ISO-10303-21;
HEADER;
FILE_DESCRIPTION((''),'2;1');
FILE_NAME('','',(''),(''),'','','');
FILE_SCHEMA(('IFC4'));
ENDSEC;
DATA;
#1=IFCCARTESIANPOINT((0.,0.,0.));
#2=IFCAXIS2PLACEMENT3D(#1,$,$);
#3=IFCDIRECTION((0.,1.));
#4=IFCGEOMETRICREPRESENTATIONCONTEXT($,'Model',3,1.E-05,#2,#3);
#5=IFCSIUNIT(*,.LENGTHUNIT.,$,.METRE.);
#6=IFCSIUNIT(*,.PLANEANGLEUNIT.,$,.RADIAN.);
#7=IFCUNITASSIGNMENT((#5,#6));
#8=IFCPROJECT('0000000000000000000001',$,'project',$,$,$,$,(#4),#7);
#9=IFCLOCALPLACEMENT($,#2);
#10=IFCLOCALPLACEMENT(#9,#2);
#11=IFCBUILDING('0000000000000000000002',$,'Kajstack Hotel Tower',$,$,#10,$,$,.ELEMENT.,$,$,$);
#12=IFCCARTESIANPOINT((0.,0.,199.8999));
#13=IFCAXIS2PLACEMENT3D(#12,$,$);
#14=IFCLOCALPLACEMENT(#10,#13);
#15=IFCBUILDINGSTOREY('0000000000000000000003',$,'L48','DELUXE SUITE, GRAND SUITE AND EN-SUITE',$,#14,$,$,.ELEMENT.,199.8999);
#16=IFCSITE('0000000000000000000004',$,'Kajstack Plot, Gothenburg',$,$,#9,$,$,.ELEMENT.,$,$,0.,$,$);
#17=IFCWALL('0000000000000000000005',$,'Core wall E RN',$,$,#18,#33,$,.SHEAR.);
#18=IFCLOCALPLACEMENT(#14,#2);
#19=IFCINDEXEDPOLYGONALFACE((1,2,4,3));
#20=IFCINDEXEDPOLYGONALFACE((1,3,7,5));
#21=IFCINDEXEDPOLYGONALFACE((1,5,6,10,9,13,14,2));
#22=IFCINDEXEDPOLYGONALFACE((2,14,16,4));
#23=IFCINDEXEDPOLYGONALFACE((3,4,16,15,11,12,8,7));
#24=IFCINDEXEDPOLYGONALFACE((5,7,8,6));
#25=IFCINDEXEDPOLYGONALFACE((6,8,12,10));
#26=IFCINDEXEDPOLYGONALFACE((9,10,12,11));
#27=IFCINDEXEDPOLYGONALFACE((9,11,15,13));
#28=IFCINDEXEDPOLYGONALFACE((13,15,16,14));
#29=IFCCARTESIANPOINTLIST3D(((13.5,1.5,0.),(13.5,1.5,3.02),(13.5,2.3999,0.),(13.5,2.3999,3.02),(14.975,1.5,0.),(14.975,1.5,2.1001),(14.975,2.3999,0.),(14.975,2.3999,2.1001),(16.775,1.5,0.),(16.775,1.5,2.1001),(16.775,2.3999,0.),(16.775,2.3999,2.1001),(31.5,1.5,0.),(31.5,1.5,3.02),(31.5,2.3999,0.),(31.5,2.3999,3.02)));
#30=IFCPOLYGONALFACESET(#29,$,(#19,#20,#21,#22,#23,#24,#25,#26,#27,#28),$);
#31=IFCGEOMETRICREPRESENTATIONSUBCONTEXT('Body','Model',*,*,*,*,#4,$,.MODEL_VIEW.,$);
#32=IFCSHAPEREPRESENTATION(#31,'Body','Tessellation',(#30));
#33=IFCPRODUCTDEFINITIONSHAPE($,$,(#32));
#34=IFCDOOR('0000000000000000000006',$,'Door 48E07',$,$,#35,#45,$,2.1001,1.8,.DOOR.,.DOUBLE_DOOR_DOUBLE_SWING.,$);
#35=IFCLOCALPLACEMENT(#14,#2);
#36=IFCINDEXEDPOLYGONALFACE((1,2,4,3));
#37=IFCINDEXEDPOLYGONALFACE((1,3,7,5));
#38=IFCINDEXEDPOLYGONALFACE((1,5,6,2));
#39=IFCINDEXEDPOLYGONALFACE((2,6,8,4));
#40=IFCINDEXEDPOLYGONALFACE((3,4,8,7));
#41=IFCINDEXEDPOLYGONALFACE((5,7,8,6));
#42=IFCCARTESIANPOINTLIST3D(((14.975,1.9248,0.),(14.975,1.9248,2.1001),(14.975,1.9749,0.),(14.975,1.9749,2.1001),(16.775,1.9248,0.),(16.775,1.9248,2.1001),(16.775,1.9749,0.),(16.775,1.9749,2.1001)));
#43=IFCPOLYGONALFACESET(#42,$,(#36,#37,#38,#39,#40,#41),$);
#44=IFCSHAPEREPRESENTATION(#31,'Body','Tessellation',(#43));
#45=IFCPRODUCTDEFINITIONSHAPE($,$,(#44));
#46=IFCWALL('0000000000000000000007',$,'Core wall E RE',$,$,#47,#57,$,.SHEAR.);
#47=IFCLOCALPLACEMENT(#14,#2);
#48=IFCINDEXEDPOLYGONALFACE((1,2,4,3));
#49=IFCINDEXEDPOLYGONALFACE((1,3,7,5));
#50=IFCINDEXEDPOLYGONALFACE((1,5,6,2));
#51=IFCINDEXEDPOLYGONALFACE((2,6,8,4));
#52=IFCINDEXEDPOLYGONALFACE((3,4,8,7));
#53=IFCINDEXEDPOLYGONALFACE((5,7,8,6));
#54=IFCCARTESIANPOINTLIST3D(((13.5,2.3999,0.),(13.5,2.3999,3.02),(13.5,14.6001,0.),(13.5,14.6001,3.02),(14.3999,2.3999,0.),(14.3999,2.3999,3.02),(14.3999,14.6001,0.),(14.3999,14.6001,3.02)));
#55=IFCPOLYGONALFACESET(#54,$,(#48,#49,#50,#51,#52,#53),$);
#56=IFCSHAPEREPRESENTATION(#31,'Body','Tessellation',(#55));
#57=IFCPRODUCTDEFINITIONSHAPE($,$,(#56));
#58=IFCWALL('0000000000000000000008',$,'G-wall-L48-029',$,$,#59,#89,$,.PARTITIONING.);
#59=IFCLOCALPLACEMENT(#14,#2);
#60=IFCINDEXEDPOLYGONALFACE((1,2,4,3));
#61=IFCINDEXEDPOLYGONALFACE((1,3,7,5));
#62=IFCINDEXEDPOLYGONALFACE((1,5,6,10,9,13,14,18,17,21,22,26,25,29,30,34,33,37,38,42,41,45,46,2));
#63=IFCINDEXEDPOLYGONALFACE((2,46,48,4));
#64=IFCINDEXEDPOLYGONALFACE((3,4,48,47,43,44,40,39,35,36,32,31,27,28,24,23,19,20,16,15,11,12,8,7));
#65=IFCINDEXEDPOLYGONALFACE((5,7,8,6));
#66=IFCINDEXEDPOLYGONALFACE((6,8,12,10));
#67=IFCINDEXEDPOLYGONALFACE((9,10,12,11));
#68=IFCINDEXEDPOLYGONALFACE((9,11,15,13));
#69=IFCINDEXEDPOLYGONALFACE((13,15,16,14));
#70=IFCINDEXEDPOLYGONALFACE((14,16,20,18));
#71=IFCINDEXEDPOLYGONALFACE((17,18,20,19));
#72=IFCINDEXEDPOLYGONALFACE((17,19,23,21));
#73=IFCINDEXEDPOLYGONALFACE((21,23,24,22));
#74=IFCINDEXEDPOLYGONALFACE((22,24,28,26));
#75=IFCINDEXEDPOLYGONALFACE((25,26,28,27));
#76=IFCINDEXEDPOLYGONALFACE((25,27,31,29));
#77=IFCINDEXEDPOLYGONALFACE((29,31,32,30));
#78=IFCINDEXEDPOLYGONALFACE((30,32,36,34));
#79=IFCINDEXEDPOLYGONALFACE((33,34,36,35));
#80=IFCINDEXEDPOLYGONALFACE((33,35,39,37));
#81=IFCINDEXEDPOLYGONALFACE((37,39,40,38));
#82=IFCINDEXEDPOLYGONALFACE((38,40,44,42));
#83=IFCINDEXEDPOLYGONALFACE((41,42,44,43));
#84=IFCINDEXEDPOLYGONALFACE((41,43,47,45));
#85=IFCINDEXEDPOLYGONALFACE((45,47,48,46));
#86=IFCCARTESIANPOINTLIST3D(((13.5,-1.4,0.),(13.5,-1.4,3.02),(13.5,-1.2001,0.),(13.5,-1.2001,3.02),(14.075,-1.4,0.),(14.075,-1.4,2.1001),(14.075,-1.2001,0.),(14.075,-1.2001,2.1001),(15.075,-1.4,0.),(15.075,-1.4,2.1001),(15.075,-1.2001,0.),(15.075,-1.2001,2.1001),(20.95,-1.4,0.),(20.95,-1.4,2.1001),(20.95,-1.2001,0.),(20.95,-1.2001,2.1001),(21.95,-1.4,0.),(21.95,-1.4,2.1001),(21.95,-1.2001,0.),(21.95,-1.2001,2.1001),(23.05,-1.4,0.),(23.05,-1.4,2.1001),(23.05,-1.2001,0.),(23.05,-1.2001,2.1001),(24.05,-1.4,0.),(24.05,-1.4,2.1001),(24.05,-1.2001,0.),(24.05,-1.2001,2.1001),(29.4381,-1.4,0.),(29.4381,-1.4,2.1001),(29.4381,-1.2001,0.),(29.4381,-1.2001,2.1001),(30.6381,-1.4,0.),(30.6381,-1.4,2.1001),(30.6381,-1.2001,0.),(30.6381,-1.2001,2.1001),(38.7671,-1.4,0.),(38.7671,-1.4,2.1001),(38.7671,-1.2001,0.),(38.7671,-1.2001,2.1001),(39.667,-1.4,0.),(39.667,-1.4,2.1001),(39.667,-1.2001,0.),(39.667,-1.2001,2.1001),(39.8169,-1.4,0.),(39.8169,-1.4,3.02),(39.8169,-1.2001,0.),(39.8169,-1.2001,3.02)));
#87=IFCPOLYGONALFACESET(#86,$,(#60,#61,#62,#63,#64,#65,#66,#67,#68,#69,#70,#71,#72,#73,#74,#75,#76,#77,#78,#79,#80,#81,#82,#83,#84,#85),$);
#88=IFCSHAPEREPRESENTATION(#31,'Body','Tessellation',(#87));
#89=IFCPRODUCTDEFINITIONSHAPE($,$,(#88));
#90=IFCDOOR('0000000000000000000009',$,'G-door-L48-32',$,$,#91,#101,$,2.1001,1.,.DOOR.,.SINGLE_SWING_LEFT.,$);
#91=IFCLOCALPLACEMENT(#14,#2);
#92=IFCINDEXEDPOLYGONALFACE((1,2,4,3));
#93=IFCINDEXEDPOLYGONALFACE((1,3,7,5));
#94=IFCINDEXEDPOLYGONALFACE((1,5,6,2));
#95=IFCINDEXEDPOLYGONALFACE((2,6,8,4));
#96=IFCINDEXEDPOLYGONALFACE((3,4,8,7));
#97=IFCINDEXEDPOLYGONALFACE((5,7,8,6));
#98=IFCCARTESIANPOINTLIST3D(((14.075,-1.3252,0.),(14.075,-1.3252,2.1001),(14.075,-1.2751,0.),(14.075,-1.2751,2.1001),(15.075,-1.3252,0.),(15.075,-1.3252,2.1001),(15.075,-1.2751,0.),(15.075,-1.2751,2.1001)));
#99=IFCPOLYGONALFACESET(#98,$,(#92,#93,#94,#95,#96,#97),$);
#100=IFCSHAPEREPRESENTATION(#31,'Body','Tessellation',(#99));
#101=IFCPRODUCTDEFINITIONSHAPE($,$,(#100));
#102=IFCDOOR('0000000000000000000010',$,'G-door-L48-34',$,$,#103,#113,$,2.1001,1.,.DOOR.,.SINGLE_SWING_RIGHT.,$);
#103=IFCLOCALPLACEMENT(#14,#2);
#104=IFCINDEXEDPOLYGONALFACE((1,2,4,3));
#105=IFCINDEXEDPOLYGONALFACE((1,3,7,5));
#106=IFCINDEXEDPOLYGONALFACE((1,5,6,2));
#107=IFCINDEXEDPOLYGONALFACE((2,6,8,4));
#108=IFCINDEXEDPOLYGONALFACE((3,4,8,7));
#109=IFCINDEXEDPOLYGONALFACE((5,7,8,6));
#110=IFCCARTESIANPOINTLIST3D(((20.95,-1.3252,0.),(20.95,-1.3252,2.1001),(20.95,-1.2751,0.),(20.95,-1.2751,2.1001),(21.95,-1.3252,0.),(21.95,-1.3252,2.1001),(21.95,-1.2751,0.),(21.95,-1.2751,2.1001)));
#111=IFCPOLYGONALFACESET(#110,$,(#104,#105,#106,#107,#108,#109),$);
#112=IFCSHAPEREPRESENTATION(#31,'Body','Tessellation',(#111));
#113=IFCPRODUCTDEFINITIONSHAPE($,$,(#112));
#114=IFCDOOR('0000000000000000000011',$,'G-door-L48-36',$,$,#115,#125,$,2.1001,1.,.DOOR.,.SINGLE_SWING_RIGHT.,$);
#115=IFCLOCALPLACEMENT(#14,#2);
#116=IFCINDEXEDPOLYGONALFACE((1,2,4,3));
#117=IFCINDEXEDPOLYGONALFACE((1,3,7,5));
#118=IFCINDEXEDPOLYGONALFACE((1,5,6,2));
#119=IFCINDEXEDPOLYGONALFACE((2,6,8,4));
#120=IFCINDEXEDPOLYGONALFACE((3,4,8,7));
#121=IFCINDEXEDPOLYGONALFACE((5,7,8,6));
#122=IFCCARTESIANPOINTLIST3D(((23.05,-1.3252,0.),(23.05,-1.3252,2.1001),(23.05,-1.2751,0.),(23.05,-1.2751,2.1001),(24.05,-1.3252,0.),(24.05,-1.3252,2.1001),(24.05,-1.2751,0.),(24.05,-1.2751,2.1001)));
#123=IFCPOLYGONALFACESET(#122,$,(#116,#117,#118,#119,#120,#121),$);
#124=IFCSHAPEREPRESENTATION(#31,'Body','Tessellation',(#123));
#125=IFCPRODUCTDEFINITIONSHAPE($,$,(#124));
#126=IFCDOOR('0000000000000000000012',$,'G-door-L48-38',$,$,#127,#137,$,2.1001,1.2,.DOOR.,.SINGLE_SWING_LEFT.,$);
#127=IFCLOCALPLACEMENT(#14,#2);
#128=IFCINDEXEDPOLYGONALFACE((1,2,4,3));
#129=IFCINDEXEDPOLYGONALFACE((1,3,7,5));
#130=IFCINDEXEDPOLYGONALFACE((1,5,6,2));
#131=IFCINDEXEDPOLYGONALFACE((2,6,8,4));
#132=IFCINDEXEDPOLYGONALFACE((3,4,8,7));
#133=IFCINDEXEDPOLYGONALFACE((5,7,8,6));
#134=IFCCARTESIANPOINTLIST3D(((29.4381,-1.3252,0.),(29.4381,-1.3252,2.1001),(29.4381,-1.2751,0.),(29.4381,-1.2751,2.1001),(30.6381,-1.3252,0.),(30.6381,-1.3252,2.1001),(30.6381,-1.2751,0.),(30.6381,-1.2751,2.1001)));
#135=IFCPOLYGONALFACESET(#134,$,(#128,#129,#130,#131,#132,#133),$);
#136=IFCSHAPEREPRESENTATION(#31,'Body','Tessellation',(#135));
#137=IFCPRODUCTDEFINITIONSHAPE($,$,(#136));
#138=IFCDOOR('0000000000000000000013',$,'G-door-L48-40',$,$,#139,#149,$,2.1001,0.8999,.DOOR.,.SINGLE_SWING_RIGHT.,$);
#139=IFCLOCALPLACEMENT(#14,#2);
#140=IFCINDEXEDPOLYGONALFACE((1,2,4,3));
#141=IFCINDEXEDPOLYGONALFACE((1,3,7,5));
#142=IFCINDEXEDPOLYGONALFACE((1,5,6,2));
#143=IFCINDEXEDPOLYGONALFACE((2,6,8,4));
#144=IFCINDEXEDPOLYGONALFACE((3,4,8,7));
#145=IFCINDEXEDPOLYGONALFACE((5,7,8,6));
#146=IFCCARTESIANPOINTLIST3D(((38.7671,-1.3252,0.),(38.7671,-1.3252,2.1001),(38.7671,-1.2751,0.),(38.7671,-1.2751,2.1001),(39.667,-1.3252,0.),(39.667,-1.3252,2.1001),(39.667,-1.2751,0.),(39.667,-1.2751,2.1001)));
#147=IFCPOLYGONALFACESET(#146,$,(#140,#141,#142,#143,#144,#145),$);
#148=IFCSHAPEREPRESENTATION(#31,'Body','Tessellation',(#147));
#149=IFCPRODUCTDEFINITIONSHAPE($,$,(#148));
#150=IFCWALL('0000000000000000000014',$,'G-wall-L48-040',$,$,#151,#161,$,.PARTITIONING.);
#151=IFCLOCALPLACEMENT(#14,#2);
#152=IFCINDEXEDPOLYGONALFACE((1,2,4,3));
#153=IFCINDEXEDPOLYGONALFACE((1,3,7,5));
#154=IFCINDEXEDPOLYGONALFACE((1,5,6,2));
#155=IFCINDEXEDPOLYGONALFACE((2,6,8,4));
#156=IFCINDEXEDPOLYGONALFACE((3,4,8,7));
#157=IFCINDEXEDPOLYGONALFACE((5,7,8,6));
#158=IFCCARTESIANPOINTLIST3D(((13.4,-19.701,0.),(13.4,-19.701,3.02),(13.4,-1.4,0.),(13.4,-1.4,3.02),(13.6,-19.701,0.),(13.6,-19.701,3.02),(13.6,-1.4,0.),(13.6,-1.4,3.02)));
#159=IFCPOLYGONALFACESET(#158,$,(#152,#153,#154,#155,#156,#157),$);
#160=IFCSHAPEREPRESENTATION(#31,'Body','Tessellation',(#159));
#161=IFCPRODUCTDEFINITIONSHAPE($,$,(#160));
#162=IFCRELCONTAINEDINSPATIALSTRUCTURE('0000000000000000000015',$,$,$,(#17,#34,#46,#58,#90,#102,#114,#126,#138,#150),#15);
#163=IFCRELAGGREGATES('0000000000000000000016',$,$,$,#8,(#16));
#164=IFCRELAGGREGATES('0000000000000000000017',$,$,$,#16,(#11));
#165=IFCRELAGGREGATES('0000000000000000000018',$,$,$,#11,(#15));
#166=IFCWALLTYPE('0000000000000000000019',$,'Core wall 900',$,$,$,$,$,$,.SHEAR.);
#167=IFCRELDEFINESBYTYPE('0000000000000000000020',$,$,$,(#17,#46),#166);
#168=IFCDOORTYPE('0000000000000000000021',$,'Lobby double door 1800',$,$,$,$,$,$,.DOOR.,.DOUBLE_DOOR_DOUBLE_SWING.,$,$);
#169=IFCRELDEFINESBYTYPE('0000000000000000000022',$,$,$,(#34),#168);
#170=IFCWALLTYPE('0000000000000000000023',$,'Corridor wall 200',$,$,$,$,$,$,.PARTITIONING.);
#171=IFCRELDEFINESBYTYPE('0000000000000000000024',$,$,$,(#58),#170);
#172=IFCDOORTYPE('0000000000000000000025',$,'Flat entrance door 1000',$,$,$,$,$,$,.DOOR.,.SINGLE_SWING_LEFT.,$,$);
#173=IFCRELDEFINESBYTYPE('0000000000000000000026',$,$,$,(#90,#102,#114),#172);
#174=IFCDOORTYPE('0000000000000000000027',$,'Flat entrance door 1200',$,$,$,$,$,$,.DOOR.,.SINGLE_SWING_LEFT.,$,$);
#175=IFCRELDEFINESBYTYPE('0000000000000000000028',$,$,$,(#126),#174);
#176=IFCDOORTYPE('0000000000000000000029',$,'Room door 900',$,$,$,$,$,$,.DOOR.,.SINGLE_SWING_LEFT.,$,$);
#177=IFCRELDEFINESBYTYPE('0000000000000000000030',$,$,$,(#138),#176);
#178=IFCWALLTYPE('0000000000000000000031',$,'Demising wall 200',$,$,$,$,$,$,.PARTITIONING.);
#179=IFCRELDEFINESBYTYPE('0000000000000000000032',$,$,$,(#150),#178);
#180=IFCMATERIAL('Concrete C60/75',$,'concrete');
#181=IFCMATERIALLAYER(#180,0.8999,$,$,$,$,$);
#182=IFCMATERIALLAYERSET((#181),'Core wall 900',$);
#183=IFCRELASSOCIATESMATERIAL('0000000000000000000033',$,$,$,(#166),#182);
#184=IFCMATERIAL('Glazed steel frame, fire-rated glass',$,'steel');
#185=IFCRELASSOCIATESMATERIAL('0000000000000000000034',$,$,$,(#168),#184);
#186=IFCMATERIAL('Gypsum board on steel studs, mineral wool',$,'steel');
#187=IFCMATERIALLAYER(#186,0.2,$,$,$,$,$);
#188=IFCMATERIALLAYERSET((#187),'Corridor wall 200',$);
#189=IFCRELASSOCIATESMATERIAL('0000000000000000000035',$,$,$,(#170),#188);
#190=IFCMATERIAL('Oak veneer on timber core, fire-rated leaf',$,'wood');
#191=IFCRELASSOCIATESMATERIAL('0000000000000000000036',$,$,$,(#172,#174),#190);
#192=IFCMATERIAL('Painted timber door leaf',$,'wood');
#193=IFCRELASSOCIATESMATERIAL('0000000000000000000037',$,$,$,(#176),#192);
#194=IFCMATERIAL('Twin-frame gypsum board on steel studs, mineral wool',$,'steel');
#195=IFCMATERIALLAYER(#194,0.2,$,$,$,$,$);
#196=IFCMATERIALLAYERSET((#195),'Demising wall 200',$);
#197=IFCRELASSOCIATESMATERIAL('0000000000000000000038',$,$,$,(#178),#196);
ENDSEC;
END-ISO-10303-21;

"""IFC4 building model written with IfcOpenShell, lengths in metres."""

from ifc_helpers import new_model, si_unit, direction, frame, frame_2d, origin, place, context, subcontext, project, spatial, rectangle, extrude, material, layer, layer_set, type_object, element, fill, save


model = new_model("IFC4")

# Units and contexts
model_context = context("Model", 3, precision=1e-05, world=origin(), true_north=direction((0.0, 1.0)))
body_context = subcontext(model_context, "Body", "Model", "MODEL_VIEW")
ifc_project = project(units=[si_unit("LENGTHUNIT", "METRE"), si_unit("PLANEANGLEUNIT", "RADIAN")], contexts=[model_context])

# Site, building, storey
site_placement = place(None, origin())
site = spatial("IfcSite", under=ifc_project, at=site_placement, Name="Kajstack Plot, Gothenburg", CompositionType="ELEMENT", RefElevation=0.0)
building_placement = place(site_placement, origin())
building = spatial("IfcBuilding", under=site, at=building_placement, Name="Kajstack Hotel Tower", CompositionType="ELEMENT")
storey_placement = place(building_placement, frame((0.0, 0.0, 199.8999)))
storey = spatial("IfcBuildingStorey", under=building, at=storey_placement, Name="L48", Description="DELUXE SUITE, GRAND SUITE AND EN-SUITE", CompositionType="ELEMENT", Elevation=199.8999)

# Wall, opening, door
ifc_material_1 = material(Name="Concrete C60/75", Category="concrete")
ifc_layer_1 = layer(ifc_material_1, 0.8999)
ifc_layer_set_1 = layer_set([ifc_layer_1], Name="Core wall 900")
wall_type_1 = type_object("IfcWallType", Name="Core wall 900", PredefinedType="SHEAR", material=ifc_layer_set_1)
wall_1_placement = place(storey_placement, frame((13.5, 1.95, 0.0), z_axis=(0.0, 0.0, 1.0), x_axis=(1.0, 0.0, 0.0)))
wall_1 = element("IfcWall", 1, at=wall_1_placement, inside=storey, type_object=wall_type_1, Name="Core wall E RN", PredefinedType="SHEAR", context=body_context, shape_type="SweptSolid", body=[
    extrude(rectangle(XDim=18.0, YDim=0.8999, at=frame_2d((9.0, 0.0))), origin(), (0.0, 0.0, 1.0), 3.02),
])
opening_1_placement = place(wall_1_placement, frame((1.4751, 0.0, 0.0)))
opening_1 = element("IfcOpeningElement", 2, at=opening_1_placement, cuts=wall_1, PredefinedType="OPENING", context=body_context, shape_type="SweptSolid", body=[
    extrude(rectangle(XDim=1.8, YDim=2.1001, at=frame_2d((0.8999, 1.05))), frame((0.0, 0.46, 0.0), z_axis=(0.0, -1.0, 0.0), x_axis=(1.0, 0.0, 0.0)), (0.0, 0.0, 1.0), 0.9199),
])
ifc_material_2 = material(Name="Glazed steel frame, fire-rated glass", Category="steel")
door_type_1 = type_object("IfcDoorType", Name="Lobby double door 1800", OperationType="DOUBLE_DOOR_DOUBLE_SWING", PredefinedType="DOOR", material=ifc_material_2)
door_1_placement = place(opening_1_placement, origin())
door_1 = element("IfcDoor", 3, at=door_1_placement, inside=storey, type_object=door_type_1, Name="Door 48E07", OperationType="DOUBLE_DOOR_DOUBLE_SWING", OverallHeight=2.1001, OverallWidth=1.8, PredefinedType="DOOR", context=body_context, shape_type="SweptSolid", body=[
    extrude(rectangle(XDim=1.8, YDim=2.1001, at=frame_2d((0.8999, 1.05))), frame((0.0, 0.0249, 0.0), z_axis=(0.0, -1.0, 0.0), x_axis=(1.0, 0.0, 0.0)), (0.0, 0.0, 1.0), 0.05),
])
fill(opening_1, door_1)

# Wall
wall_2_placement = place(storey_placement, frame((13.95, 2.3999, 0.0), z_axis=(0.0, 0.0, 1.0), x_axis=(0.0, 1.0, 0.0)))
element("IfcWall", 4, at=wall_2_placement, inside=storey, type_object=wall_type_1, Name="Core wall E RE", PredefinedType="SHEAR", context=body_context, shape_type="SweptSolid", body=[
    extrude(rectangle(XDim=12.2002, YDim=0.8999, at=frame_2d((6.1001, 0.0))), origin(), (0.0, 0.0, 1.0), 3.02),
])

# Wall, openings, doors
ifc_material_3 = material(Name="Gypsum board on steel studs, mineral wool", Category="steel")
ifc_layer_2 = layer(ifc_material_3, 0.2)
ifc_layer_set_2 = layer_set([ifc_layer_2], Name="Corridor wall 200")
wall_type_2 = type_object("IfcWallType", Name="Corridor wall 200", PredefinedType="PARTITIONING", material=ifc_layer_set_2)
wall_3_placement = place(storey_placement, frame((13.5, -1.3, 0.0), z_axis=(0.0, 0.0, 1.0), x_axis=(1.0, 0.0, 0.0)))
wall_3 = element("IfcWall", 5, at=wall_3_placement, inside=storey, type_object=wall_type_2, Name="G-wall-L48-029", PredefinedType="PARTITIONING", context=body_context, shape_type="SweptSolid", body=[
    extrude(rectangle(XDim=26.3169, YDim=0.2, at=frame_2d((13.1584, 0.0))), origin(), (0.0, 0.0, 1.0), 3.02),
])
opening_2_placement = place(wall_3_placement, frame((0.575, 0.0, 0.0)))
opening_2 = element("IfcOpeningElement", 6, at=opening_2_placement, cuts=wall_3, PredefinedType="OPENING", context=body_context, shape_type="SweptSolid", body=[
    extrude(rectangle(XDim=1.0, YDim=2.1001, at=frame_2d((0.5, 1.05))), frame((0.0, 0.1099, 0.0), z_axis=(0.0, -1.0, 0.0), x_axis=(1.0, 0.0, 0.0)), (0.0, 0.0, 1.0), 0.22),
])
opening_3_placement = place(wall_3_placement, frame((7.45, 0.0, 0.0)))
opening_3 = element("IfcOpeningElement", 7, at=opening_3_placement, cuts=wall_3, PredefinedType="OPENING", context=body_context, shape_type="SweptSolid", body=[
    extrude(rectangle(XDim=1.0, YDim=2.1001, at=frame_2d((0.5, 1.05))), frame((0.0, 0.1099, 0.0), z_axis=(0.0, -1.0, 0.0), x_axis=(1.0, 0.0, 0.0)), (0.0, 0.0, 1.0), 0.22),
])
opening_4_placement = place(wall_3_placement, frame((9.55, 0.0, 0.0)))
opening_4 = element("IfcOpeningElement", 8, at=opening_4_placement, cuts=wall_3, PredefinedType="OPENING", context=body_context, shape_type="SweptSolid", body=[
    extrude(rectangle(XDim=1.0, YDim=2.1001, at=frame_2d((0.5, 1.05))), frame((0.0, 0.1099, 0.0), z_axis=(0.0, -1.0, 0.0), x_axis=(1.0, 0.0, 0.0)), (0.0, 0.0, 1.0), 0.22),
])
opening_5_placement = place(wall_3_placement, frame((15.938, 0.0, 0.0)))
opening_5 = element("IfcOpeningElement", 9, at=opening_5_placement, cuts=wall_3, PredefinedType="OPENING", context=body_context, shape_type="SweptSolid", body=[
    extrude(rectangle(XDim=1.2, YDim=2.1001, at=frame_2d((0.6001, 1.05))), frame((0.0, 0.1099, 0.0), z_axis=(0.0, -1.0, 0.0), x_axis=(1.0, 0.0, 0.0)), (0.0, 0.0, 1.0), 0.22),
])
opening_6_placement = place(wall_3_placement, frame((25.2671, 0.0, 0.0)))
opening_6 = element("IfcOpeningElement", 10, at=opening_6_placement, cuts=wall_3, PredefinedType="OPENING", context=body_context, shape_type="SweptSolid", body=[
    extrude(rectangle(XDim=0.8999, YDim=2.1001, at=frame_2d((0.45, 1.05))), frame((0.0, 0.1099, 0.0), z_axis=(0.0, -1.0, 0.0), x_axis=(1.0, 0.0, 0.0)), (0.0, 0.0, 1.0), 0.22),
])
ifc_material_4 = material(Name="Oak veneer on timber core, fire-rated leaf", Category="wood")
door_type_2 = type_object("IfcDoorType", Name="Flat entrance door 1000", OperationType="SINGLE_SWING_LEFT", PredefinedType="DOOR", material=ifc_material_4)
door_2_placement = place(opening_2_placement, origin())
door_2 = element("IfcDoor", 11, at=door_2_placement, inside=storey, type_object=door_type_2, Name="G-door-L48-32", OperationType="SINGLE_SWING_LEFT", OverallHeight=2.1001, OverallWidth=1.0, PredefinedType="DOOR", context=body_context, shape_type="SweptSolid", body=[
    extrude(rectangle(XDim=1.0, YDim=2.1001, at=frame_2d((0.5, 1.05))), frame((0.0, 0.0249, 0.0), z_axis=(0.0, -1.0, 0.0), x_axis=(1.0, 0.0, 0.0)), (0.0, 0.0, 1.0), 0.05),
])
fill(opening_2, door_2)
door_3_placement = place(opening_3_placement, origin())
door_3 = element("IfcDoor", 12, at=door_3_placement, inside=storey, type_object=door_type_2, Name="G-door-L48-34", OperationType="SINGLE_SWING_RIGHT", OverallHeight=2.1001, OverallWidth=1.0, PredefinedType="DOOR", context=body_context, shape_type="SweptSolid", body=[
    extrude(rectangle(XDim=1.0, YDim=2.1001, at=frame_2d((0.5, 1.05))), frame((0.0, 0.0249, 0.0), z_axis=(0.0, -1.0, 0.0), x_axis=(1.0, 0.0, 0.0)), (0.0, 0.0, 1.0), 0.05),
])
fill(opening_3, door_3)
door_4_placement = place(opening_4_placement, origin())
door_4 = element("IfcDoor", 13, at=door_4_placement, inside=storey, type_object=door_type_2, Name="G-door-L48-36", OperationType="SINGLE_SWING_RIGHT", OverallHeight=2.1001, OverallWidth=1.0, PredefinedType="DOOR", context=body_context, shape_type="SweptSolid", body=[
    extrude(rectangle(XDim=1.0, YDim=2.1001, at=frame_2d((0.5, 1.05))), frame((0.0, 0.0249, 0.0), z_axis=(0.0, -1.0, 0.0), x_axis=(1.0, 0.0, 0.0)), (0.0, 0.0, 1.0), 0.05),
])
fill(opening_4, door_4)
door_type_3 = type_object("IfcDoorType", Name="Flat entrance door 1200", OperationType="SINGLE_SWING_LEFT", PredefinedType="DOOR", material=ifc_material_4)
door_5_placement = place(opening_5_placement, origin())
door_5 = element("IfcDoor", 14, at=door_5_placement, inside=storey, type_object=door_type_3, Name="G-door-L48-38", OperationType="SINGLE_SWING_LEFT", OverallHeight=2.1001, OverallWidth=1.2, PredefinedType="DOOR", context=body_context, shape_type="SweptSolid", body=[
    extrude(rectangle(XDim=1.2, YDim=2.1001, at=frame_2d((0.6001, 1.05))), frame((0.0, 0.0249, 0.0), z_axis=(0.0, -1.0, 0.0), x_axis=(1.0, 0.0, 0.0)), (0.0, 0.0, 1.0), 0.05),
])
fill(opening_5, door_5)
ifc_material_5 = material(Name="Painted timber door leaf", Category="wood")
door_type_4 = type_object("IfcDoorType", Name="Room door 900", OperationType="SINGLE_SWING_LEFT", PredefinedType="DOOR", material=ifc_material_5)
door_6_placement = place(opening_6_placement, origin())
door_6 = element("IfcDoor", 15, at=door_6_placement, inside=storey, type_object=door_type_4, Name="G-door-L48-40", OperationType="SINGLE_SWING_RIGHT", OverallHeight=2.1001, OverallWidth=0.8999, PredefinedType="DOOR", context=body_context, shape_type="SweptSolid", body=[
    extrude(rectangle(XDim=0.8999, YDim=2.1001, at=frame_2d((0.45, 1.05))), frame((0.0, 0.0249, 0.0), z_axis=(0.0, -1.0, 0.0), x_axis=(1.0, 0.0, 0.0)), (0.0, 0.0, 1.0), 0.05),
])
fill(opening_6, door_6)

# Wall
ifc_material_6 = material(Name="Twin-frame gypsum board on steel studs, mineral wool", Category="steel")
ifc_layer_3 = layer(ifc_material_6, 0.2)
ifc_layer_set_3 = layer_set([ifc_layer_3], Name="Demising wall 200")
wall_type_3 = type_object("IfcWallType", Name="Demising wall 200", PredefinedType="PARTITIONING", material=ifc_layer_set_3)
wall_4_placement = place(storey_placement, frame((13.5, -19.7009, 0.0), z_axis=(0.0, 0.0, 1.0), x_axis=(0.0, 1.0, 0.0)))
element("IfcWall", 16, at=wall_4_placement, inside=storey, type_object=wall_type_3, Name="G-wall-L48-040", PredefinedType="PARTITIONING", context=body_context, shape_type="SweptSolid", body=[
    extrude(rectangle(XDim=18.301, YDim=0.2, at=frame_2d((9.1504, 0.0))), origin(), (0.0, 0.0, 1.0), 3.02),
])

save(model, "model.ifc")
